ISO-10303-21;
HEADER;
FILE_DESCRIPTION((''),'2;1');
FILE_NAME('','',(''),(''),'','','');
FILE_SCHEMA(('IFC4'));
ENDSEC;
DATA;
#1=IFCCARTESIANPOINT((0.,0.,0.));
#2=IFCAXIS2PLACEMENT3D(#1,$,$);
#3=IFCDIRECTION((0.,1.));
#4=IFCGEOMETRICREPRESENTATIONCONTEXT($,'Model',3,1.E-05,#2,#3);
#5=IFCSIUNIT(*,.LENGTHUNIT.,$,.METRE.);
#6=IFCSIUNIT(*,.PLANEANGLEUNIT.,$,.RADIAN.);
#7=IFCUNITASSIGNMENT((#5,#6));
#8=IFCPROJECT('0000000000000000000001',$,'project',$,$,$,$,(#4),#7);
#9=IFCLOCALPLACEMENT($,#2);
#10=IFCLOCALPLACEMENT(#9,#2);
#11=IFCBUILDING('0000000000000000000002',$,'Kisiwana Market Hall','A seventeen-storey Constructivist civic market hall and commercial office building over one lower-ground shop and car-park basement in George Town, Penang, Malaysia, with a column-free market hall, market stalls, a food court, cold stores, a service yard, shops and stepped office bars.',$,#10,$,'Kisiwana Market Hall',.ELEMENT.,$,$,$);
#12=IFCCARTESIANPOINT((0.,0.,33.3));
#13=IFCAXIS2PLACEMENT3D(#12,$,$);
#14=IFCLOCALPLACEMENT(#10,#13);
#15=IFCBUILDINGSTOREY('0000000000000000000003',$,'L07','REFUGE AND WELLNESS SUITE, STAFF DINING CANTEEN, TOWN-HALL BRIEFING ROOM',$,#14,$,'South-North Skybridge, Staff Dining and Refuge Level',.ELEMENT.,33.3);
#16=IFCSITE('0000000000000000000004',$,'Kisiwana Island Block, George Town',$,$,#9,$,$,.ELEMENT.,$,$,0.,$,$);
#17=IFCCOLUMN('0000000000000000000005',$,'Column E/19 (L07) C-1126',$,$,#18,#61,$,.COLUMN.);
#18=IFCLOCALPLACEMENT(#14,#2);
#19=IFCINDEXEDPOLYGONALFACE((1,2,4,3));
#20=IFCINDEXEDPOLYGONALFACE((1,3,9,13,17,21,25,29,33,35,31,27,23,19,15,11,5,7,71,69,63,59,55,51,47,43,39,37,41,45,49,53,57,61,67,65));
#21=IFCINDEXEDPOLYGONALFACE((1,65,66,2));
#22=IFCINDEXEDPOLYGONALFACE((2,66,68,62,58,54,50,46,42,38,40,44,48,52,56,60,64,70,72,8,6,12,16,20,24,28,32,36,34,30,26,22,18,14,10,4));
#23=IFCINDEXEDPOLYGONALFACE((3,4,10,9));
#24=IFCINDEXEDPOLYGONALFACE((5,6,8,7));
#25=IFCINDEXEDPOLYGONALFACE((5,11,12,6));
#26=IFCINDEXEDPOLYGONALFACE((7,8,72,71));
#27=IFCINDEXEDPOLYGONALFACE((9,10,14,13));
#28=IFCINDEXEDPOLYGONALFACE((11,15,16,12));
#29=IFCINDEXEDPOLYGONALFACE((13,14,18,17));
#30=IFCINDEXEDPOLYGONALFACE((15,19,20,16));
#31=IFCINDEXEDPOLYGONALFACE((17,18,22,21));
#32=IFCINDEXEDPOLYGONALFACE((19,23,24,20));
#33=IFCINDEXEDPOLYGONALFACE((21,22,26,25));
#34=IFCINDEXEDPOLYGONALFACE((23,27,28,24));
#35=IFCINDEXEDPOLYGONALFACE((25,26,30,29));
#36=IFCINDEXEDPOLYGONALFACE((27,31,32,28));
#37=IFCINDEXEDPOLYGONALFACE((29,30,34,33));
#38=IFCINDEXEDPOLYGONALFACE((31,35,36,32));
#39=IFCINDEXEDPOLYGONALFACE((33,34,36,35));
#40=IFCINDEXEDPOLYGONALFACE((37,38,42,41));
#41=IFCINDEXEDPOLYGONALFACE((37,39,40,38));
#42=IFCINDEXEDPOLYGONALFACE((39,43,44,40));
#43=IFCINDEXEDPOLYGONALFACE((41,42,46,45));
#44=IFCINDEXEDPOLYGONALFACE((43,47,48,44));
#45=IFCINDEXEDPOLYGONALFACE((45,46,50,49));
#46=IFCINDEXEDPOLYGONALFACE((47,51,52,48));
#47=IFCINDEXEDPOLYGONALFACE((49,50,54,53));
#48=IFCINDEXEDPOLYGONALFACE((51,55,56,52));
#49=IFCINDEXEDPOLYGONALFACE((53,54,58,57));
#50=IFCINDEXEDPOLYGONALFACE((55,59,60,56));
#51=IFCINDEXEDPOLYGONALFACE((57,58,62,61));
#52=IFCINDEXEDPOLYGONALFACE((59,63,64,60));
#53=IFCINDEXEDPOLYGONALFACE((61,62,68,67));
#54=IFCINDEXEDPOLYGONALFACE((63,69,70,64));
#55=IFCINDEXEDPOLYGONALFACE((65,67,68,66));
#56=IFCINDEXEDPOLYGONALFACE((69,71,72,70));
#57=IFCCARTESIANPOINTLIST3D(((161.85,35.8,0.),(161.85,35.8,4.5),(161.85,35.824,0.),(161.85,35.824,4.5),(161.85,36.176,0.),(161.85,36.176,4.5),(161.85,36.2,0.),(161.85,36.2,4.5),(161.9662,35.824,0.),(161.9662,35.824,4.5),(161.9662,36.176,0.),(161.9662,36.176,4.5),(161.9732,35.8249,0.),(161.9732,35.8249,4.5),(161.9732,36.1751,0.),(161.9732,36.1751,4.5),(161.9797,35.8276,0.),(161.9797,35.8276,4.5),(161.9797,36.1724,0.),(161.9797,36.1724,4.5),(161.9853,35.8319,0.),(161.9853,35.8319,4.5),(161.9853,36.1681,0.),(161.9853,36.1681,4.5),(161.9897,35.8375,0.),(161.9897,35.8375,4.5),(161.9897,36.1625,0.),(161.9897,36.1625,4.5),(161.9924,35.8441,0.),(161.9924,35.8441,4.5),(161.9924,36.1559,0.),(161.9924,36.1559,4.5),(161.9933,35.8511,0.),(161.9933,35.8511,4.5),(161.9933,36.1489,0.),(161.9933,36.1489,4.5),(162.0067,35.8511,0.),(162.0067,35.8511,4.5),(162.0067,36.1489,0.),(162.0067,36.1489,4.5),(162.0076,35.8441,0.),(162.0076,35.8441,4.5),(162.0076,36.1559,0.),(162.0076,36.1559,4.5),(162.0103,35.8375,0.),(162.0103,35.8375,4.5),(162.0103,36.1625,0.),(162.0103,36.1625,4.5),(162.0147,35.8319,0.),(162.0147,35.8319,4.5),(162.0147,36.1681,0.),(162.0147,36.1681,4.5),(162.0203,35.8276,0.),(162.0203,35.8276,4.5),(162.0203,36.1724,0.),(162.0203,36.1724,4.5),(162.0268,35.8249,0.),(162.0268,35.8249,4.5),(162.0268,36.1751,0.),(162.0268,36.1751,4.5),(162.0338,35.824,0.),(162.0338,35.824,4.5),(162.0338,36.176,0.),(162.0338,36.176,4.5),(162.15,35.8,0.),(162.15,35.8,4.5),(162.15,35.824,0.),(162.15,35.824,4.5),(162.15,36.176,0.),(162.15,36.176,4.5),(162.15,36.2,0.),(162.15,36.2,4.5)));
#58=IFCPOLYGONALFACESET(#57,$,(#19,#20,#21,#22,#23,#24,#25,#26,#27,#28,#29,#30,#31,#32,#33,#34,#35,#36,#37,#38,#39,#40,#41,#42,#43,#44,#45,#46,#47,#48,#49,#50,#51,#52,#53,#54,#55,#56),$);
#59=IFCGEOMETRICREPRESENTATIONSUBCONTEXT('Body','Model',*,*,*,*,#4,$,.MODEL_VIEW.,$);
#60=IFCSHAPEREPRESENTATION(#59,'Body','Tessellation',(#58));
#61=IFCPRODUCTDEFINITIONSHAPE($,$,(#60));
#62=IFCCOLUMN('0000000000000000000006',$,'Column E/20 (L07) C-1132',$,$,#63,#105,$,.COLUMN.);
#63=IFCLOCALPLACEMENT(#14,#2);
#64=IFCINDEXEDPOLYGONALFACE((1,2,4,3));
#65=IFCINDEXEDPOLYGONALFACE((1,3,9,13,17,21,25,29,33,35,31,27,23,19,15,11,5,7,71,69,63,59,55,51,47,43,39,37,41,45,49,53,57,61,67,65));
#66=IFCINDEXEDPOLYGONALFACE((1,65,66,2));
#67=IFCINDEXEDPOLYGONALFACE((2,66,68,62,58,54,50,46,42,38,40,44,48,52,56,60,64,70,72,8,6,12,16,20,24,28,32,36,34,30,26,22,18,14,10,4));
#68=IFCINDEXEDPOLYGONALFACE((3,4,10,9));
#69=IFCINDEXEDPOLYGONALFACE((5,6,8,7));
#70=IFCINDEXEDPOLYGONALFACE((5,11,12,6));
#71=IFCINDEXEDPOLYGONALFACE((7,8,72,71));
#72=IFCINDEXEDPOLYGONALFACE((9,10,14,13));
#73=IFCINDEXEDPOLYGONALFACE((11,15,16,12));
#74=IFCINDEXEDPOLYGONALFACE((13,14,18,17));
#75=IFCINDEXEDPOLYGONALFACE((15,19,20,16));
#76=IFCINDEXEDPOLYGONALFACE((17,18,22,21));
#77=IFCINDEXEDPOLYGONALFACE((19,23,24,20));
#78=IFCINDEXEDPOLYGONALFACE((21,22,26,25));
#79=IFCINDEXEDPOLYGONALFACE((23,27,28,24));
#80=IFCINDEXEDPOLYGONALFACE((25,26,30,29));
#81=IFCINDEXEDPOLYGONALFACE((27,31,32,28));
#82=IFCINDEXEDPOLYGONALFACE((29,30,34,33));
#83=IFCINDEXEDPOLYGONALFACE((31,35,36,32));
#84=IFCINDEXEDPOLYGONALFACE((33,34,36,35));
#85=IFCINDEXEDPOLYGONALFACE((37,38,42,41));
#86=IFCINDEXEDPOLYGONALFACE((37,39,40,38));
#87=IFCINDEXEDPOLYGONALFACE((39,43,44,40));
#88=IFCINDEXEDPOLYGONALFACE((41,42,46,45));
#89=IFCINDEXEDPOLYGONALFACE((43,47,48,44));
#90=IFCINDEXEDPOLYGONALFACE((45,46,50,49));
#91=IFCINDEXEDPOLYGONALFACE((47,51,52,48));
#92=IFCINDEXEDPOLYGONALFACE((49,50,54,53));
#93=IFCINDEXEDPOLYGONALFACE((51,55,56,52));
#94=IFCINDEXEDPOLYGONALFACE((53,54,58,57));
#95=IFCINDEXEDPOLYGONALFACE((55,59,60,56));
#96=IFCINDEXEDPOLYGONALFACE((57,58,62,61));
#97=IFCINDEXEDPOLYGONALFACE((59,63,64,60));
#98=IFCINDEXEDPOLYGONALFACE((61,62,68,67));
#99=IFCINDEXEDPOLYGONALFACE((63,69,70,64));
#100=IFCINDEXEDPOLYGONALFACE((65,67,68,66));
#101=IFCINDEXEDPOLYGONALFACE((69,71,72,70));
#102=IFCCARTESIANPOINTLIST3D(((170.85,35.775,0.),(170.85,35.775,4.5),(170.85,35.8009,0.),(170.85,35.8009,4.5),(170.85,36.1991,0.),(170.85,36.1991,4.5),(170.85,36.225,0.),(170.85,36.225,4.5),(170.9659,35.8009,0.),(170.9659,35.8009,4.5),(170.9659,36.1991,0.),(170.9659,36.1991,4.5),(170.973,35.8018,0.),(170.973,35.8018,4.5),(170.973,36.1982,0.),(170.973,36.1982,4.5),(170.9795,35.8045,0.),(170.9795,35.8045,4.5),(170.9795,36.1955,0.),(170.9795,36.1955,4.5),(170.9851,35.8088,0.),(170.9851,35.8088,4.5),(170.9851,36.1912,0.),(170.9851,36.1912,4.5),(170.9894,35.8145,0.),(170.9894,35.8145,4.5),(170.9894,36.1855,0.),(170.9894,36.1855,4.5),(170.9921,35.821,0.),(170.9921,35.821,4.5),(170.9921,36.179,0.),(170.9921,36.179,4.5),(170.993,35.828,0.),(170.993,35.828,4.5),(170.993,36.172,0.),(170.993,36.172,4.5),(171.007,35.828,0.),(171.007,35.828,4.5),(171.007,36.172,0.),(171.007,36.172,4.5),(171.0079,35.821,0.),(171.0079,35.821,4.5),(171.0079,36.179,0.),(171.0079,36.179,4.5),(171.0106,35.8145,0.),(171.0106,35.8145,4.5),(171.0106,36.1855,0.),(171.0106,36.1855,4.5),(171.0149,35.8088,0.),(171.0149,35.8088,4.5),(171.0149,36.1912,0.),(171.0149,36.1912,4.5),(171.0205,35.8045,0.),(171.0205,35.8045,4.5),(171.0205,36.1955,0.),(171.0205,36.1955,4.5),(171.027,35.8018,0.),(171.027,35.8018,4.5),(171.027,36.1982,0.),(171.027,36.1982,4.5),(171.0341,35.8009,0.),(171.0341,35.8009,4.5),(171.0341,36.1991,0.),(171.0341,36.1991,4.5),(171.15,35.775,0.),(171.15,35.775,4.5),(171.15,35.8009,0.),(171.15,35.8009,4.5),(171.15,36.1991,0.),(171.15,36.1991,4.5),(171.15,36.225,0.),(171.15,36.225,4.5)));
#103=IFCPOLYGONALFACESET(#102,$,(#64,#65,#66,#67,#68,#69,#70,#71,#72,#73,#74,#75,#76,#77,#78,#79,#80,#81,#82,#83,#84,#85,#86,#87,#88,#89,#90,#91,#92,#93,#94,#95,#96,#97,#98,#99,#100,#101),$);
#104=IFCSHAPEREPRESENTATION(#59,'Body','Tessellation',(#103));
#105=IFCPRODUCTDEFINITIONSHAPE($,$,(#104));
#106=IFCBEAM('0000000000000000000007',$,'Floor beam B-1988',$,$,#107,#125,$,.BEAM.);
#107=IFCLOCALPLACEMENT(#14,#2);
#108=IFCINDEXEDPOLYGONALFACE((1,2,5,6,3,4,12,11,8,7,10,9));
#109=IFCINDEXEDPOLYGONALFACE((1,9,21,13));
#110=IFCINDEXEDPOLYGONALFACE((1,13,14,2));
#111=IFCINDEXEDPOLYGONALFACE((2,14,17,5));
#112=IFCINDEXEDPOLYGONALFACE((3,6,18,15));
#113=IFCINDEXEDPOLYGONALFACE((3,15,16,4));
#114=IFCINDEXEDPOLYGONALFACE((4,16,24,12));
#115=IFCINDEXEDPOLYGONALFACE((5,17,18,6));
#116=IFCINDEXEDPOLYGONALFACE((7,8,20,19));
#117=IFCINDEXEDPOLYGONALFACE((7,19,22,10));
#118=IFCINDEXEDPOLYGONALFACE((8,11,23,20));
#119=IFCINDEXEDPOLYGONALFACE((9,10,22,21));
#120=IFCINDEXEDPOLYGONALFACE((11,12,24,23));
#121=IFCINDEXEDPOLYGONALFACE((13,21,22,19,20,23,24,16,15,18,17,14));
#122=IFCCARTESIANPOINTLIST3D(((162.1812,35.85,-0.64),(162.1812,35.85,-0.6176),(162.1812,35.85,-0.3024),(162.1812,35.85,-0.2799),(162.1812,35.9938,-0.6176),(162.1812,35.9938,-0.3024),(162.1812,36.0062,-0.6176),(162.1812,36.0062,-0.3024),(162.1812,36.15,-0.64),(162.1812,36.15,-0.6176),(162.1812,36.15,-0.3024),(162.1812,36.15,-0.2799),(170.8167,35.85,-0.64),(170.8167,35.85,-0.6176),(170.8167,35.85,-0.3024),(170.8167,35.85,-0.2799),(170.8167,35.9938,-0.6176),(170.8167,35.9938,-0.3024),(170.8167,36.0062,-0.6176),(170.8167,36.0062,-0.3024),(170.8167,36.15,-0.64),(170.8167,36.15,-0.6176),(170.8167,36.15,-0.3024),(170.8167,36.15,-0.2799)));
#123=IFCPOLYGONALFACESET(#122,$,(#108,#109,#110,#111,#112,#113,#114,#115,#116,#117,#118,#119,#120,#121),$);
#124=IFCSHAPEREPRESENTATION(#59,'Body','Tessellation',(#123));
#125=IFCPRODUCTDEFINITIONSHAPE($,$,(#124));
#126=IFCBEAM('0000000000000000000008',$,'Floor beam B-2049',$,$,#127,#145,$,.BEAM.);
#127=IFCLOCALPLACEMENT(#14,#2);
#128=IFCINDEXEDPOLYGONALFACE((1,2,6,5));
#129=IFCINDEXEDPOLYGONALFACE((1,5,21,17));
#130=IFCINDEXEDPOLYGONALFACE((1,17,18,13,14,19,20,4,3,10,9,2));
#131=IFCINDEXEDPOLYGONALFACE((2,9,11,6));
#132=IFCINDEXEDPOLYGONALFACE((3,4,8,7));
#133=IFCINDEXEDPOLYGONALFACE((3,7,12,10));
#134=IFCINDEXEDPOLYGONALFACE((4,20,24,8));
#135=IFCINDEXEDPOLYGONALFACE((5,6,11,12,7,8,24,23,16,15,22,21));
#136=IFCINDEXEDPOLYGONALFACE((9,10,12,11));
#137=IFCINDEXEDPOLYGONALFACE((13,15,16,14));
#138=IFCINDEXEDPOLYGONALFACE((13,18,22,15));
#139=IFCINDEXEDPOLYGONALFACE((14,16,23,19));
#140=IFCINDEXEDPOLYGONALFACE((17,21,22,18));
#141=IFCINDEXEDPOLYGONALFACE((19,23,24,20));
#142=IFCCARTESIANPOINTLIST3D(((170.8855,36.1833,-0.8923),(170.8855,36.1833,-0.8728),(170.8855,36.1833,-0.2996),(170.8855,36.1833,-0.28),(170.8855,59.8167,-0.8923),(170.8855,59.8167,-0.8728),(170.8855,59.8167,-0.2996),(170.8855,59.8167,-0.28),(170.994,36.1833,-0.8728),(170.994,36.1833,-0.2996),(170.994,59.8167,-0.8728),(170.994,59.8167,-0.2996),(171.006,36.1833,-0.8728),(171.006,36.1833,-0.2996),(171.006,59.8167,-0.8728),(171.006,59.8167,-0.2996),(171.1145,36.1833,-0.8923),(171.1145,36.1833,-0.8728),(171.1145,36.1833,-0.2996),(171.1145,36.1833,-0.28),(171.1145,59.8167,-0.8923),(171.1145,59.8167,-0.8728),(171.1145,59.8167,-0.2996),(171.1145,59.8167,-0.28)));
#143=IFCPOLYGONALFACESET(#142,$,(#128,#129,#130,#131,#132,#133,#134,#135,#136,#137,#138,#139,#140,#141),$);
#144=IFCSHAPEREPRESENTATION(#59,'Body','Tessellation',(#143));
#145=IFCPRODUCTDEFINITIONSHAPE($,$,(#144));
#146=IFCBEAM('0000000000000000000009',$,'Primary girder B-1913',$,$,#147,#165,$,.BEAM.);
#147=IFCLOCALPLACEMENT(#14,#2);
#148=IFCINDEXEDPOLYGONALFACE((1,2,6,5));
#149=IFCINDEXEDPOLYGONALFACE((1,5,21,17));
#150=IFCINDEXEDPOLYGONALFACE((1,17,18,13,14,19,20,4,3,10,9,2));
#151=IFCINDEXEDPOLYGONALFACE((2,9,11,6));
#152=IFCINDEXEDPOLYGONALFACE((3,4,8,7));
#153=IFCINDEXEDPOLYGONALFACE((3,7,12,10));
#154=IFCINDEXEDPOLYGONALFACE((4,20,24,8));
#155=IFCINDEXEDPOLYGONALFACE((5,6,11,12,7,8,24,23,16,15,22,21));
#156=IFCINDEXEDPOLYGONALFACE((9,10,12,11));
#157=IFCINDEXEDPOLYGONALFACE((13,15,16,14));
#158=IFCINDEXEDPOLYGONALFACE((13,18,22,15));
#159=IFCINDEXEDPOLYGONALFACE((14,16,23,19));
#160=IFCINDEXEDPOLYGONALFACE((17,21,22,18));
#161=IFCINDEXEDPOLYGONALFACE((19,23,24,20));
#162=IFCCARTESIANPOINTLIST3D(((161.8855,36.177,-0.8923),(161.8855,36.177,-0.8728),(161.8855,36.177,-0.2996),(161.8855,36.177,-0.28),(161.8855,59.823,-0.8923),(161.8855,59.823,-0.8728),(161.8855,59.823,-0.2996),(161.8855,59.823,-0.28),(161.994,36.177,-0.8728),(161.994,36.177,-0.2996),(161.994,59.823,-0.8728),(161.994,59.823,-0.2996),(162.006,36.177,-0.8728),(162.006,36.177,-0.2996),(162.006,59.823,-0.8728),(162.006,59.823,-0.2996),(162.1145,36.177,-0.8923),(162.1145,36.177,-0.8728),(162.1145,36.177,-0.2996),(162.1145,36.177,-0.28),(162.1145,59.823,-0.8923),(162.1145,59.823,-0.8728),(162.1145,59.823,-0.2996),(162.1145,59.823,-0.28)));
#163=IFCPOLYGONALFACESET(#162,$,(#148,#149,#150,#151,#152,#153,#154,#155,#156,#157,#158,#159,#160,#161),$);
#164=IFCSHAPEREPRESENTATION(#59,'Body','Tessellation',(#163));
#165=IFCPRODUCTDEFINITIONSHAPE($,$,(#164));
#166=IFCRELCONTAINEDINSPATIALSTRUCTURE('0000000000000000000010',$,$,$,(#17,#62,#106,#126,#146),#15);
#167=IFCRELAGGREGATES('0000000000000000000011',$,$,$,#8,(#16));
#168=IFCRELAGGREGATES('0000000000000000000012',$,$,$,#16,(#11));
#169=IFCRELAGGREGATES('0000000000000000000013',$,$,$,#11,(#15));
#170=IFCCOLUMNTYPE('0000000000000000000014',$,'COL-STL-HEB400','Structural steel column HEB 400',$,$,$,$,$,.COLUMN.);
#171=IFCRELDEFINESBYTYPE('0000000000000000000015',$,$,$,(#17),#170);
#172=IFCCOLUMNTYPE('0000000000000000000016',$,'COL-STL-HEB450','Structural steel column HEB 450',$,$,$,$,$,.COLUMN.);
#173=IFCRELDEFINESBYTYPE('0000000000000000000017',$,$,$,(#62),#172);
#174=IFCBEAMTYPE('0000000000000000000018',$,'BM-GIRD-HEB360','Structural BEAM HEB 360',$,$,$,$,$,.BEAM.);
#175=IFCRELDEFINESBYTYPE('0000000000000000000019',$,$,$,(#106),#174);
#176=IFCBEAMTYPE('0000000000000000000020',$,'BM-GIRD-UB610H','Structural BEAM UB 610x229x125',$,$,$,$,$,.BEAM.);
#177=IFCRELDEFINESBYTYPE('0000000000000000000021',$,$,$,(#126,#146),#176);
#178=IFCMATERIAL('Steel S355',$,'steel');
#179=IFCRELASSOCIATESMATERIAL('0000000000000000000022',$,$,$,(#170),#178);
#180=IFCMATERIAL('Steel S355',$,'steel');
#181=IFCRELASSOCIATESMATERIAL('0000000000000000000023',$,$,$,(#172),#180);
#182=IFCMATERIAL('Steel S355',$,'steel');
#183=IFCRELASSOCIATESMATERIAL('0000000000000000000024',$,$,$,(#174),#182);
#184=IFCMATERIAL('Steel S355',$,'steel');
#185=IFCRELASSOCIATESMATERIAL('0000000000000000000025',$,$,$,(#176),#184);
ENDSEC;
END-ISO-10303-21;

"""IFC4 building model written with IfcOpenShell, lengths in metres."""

from ifc_helpers import new_model, si_unit, direction, frame, origin, origin_2d, place, context, subcontext, project, spatial, i_section, extrude, material, material_profile, profile_set, type_object, element, save


model = new_model("IFC4")

# Units and contexts
model_context = context("Model", 3, precision=1e-05, world=origin(), true_north=direction((0.0, 1.0)))
body_context = subcontext(model_context, "Body", "Model", "MODEL_VIEW")
ifc_project = project(units=[si_unit("LENGTHUNIT", "METRE"), si_unit("PLANEANGLEUNIT", "RADIAN")], contexts=[model_context])

# Site, building, storey
site_placement = place(None, origin())
site = spatial("IfcSite", under=ifc_project, at=site_placement, Name="Kisiwana Island Block, George Town", CompositionType="ELEMENT", RefElevation=0.0)
building_placement = place(site_placement, origin())
building = spatial("IfcBuilding", under=site, at=building_placement, Name="Kisiwana Market Hall", Description="A seventeen-storey Constructivist civic market hall and commercial office building over one lower-ground shop and car-park basement in George Town, Penang, Malaysia, with a column-free market hall, market stalls, a food court, cold stores, a service yard, shops and stepped office bars.", LongName="Kisiwana Market Hall", CompositionType="ELEMENT")
storey_placement = place(building_placement, frame((0.0, 0.0, 33.3)))
storey = spatial("IfcBuildingStorey", under=building, at=storey_placement, Name="L07", Description="REFUGE AND WELLNESS SUITE, STAFF DINING CANTEEN, TOWN-HALL BRIEFING ROOM", LongName="South-North Skybridge, Staff Dining and Refuge Level", CompositionType="ELEMENT", Elevation=33.3)

# Columns
ifc_material_1 = material(Name="Steel S355", Category="steel")
ifc_material_profile_1 = material_profile(ifc_material_1, i_section(OverallWidth=0.3, OverallDepth=0.3999, WebThickness=0.0134, FlangeThickness=0.0239, FilletRadius=0.0271, at=origin_2d()), Name="HEB 400")
ifc_profile_set_1 = profile_set([ifc_material_profile_1], Name="Steel S355")
column_type_1 = type_object("IfcColumnType", Name="COL-STL-HEB400", Description="Structural steel column HEB 400", PredefinedType="COLUMN", material=ifc_profile_set_1)
column_1_placement = place(storey_placement, frame((162.0, 36.0, 0.0), z_axis=(0.0, 0.0, 1.0), x_axis=(1.0, 0.0, 0.0)))
element("IfcColumn", 1, at=column_1_placement, inside=storey, type_object=column_type_1, Name="Column E/19 (L07) C-1126", PredefinedType="COLUMN", context=body_context, shape_type="SweptSolid", body=[
    extrude(i_section(OverallWidth=0.3, OverallDepth=0.3999, WebThickness=0.0134, FlangeThickness=0.0239, FilletRadius=0.0271, at=origin_2d()), origin(), (0.0, 0.0, 1.0), 4.5),
])
ifc_material_2 = material(Name="Steel S355", Category="steel")
ifc_material_profile_2 = material_profile(ifc_material_2, i_section(OverallWidth=0.3, OverallDepth=0.45, WebThickness=0.0139, FlangeThickness=0.0259, FilletRadius=0.0271, at=origin_2d()), Name="HEB 450")
ifc_profile_set_2 = profile_set([ifc_material_profile_2], Name="Steel S355")
column_type_2 = type_object("IfcColumnType", Name="COL-STL-HEB450", Description="Structural steel column HEB 450", PredefinedType="COLUMN", material=ifc_profile_set_2)
column_2_placement = place(storey_placement, frame((171.0, 36.0, 0.0), z_axis=(0.0, 0.0, 1.0), x_axis=(1.0, 0.0, 0.0)))
element("IfcColumn", 2, at=column_2_placement, inside=storey, type_object=column_type_2, Name="Column E/20 (L07) C-1132", PredefinedType="COLUMN", context=body_context, shape_type="SweptSolid", body=[
    extrude(i_section(OverallWidth=0.3, OverallDepth=0.45, WebThickness=0.0139, FlangeThickness=0.0259, FilletRadius=0.0271, at=origin_2d()), origin(), (0.0, 0.0, 1.0), 4.5),
])

# Beams
ifc_material_3 = material(Name="Steel S355", Category="steel")
ifc_material_profile_3 = material_profile(ifc_material_3, i_section(OverallWidth=0.3, OverallDepth=0.3601, WebThickness=0.0125, FlangeThickness=0.0225, at=origin_2d()), Name="HEB 360")
ifc_profile_set_3 = profile_set([ifc_material_profile_3], Name="Steel S355")
beam_type_1 = type_object("IfcBeamType", Name="BM-GIRD-HEB360", Description="Structural BEAM HEB 360", PredefinedType="BEAM", material=ifc_profile_set_3)
beam_1_placement = place(storey_placement, frame((162.1812, 36.0, -0.46), z_axis=(1.0, 0.0, 0.0), x_axis=(0.0, 1.0, 0.0)))
element("IfcBeam", 3, at=beam_1_placement, inside=storey, type_object=beam_type_1, Name="Floor beam B-1988", PredefinedType="BEAM", context=body_context, shape_type="SweptSolid", body=[
    extrude(i_section(OverallWidth=0.3, OverallDepth=0.3601, WebThickness=0.0125, FlangeThickness=0.0225, at=origin_2d()), origin(), (0.0, 0.0, 1.0), 8.6355),
])
ifc_material_4 = material(Name="Steel S355", Category="steel")
ifc_material_profile_4 = material_profile(ifc_material_4, i_section(OverallWidth=0.229, OverallDepth=0.6123, WebThickness=0.012, FlangeThickness=0.0195, at=origin_2d()), Name="UB 610x229x125")
ifc_profile_set_4 = profile_set([ifc_material_profile_4], Name="Steel S355")
beam_type_2 = type_object("IfcBeamType", Name="BM-GIRD-UB610H", Description="Structural BEAM UB 610x229x125", PredefinedType="BEAM", material=ifc_profile_set_4)
beam_2_placement = place(storey_placement, frame((171.0, 36.1833, -0.5862), z_axis=(0.0, 1.0, 0.0), x_axis=(-1.0, 0.0, 0.0)))
element("IfcBeam", 4, at=beam_2_placement, inside=storey, type_object=beam_type_2, Name="Floor beam B-2049", PredefinedType="BEAM", context=body_context, shape_type="SweptSolid", body=[
    extrude(i_section(OverallWidth=0.229, OverallDepth=0.6123, WebThickness=0.012, FlangeThickness=0.0195, at=origin_2d()), origin(), (0.0, 0.0, 1.0), 23.6333),
])
beam_3_placement = place(storey_placement, frame((162.0, 36.177, -0.5862), z_axis=(0.0, 1.0, 0.0), x_axis=(-1.0, 0.0, 0.0)))
element("IfcBeam", 5, at=beam_3_placement, inside=storey, type_object=beam_type_2, Name="Primary girder B-1913", PredefinedType="BEAM", context=body_context, shape_type="SweptSolid", body=[
    extrude(i_section(OverallWidth=0.229, OverallDepth=0.6123, WebThickness=0.012, FlangeThickness=0.0195, at=origin_2d()), origin(), (0.0, 0.0, 1.0), 23.646),
])

save(model, "model.ifc")
